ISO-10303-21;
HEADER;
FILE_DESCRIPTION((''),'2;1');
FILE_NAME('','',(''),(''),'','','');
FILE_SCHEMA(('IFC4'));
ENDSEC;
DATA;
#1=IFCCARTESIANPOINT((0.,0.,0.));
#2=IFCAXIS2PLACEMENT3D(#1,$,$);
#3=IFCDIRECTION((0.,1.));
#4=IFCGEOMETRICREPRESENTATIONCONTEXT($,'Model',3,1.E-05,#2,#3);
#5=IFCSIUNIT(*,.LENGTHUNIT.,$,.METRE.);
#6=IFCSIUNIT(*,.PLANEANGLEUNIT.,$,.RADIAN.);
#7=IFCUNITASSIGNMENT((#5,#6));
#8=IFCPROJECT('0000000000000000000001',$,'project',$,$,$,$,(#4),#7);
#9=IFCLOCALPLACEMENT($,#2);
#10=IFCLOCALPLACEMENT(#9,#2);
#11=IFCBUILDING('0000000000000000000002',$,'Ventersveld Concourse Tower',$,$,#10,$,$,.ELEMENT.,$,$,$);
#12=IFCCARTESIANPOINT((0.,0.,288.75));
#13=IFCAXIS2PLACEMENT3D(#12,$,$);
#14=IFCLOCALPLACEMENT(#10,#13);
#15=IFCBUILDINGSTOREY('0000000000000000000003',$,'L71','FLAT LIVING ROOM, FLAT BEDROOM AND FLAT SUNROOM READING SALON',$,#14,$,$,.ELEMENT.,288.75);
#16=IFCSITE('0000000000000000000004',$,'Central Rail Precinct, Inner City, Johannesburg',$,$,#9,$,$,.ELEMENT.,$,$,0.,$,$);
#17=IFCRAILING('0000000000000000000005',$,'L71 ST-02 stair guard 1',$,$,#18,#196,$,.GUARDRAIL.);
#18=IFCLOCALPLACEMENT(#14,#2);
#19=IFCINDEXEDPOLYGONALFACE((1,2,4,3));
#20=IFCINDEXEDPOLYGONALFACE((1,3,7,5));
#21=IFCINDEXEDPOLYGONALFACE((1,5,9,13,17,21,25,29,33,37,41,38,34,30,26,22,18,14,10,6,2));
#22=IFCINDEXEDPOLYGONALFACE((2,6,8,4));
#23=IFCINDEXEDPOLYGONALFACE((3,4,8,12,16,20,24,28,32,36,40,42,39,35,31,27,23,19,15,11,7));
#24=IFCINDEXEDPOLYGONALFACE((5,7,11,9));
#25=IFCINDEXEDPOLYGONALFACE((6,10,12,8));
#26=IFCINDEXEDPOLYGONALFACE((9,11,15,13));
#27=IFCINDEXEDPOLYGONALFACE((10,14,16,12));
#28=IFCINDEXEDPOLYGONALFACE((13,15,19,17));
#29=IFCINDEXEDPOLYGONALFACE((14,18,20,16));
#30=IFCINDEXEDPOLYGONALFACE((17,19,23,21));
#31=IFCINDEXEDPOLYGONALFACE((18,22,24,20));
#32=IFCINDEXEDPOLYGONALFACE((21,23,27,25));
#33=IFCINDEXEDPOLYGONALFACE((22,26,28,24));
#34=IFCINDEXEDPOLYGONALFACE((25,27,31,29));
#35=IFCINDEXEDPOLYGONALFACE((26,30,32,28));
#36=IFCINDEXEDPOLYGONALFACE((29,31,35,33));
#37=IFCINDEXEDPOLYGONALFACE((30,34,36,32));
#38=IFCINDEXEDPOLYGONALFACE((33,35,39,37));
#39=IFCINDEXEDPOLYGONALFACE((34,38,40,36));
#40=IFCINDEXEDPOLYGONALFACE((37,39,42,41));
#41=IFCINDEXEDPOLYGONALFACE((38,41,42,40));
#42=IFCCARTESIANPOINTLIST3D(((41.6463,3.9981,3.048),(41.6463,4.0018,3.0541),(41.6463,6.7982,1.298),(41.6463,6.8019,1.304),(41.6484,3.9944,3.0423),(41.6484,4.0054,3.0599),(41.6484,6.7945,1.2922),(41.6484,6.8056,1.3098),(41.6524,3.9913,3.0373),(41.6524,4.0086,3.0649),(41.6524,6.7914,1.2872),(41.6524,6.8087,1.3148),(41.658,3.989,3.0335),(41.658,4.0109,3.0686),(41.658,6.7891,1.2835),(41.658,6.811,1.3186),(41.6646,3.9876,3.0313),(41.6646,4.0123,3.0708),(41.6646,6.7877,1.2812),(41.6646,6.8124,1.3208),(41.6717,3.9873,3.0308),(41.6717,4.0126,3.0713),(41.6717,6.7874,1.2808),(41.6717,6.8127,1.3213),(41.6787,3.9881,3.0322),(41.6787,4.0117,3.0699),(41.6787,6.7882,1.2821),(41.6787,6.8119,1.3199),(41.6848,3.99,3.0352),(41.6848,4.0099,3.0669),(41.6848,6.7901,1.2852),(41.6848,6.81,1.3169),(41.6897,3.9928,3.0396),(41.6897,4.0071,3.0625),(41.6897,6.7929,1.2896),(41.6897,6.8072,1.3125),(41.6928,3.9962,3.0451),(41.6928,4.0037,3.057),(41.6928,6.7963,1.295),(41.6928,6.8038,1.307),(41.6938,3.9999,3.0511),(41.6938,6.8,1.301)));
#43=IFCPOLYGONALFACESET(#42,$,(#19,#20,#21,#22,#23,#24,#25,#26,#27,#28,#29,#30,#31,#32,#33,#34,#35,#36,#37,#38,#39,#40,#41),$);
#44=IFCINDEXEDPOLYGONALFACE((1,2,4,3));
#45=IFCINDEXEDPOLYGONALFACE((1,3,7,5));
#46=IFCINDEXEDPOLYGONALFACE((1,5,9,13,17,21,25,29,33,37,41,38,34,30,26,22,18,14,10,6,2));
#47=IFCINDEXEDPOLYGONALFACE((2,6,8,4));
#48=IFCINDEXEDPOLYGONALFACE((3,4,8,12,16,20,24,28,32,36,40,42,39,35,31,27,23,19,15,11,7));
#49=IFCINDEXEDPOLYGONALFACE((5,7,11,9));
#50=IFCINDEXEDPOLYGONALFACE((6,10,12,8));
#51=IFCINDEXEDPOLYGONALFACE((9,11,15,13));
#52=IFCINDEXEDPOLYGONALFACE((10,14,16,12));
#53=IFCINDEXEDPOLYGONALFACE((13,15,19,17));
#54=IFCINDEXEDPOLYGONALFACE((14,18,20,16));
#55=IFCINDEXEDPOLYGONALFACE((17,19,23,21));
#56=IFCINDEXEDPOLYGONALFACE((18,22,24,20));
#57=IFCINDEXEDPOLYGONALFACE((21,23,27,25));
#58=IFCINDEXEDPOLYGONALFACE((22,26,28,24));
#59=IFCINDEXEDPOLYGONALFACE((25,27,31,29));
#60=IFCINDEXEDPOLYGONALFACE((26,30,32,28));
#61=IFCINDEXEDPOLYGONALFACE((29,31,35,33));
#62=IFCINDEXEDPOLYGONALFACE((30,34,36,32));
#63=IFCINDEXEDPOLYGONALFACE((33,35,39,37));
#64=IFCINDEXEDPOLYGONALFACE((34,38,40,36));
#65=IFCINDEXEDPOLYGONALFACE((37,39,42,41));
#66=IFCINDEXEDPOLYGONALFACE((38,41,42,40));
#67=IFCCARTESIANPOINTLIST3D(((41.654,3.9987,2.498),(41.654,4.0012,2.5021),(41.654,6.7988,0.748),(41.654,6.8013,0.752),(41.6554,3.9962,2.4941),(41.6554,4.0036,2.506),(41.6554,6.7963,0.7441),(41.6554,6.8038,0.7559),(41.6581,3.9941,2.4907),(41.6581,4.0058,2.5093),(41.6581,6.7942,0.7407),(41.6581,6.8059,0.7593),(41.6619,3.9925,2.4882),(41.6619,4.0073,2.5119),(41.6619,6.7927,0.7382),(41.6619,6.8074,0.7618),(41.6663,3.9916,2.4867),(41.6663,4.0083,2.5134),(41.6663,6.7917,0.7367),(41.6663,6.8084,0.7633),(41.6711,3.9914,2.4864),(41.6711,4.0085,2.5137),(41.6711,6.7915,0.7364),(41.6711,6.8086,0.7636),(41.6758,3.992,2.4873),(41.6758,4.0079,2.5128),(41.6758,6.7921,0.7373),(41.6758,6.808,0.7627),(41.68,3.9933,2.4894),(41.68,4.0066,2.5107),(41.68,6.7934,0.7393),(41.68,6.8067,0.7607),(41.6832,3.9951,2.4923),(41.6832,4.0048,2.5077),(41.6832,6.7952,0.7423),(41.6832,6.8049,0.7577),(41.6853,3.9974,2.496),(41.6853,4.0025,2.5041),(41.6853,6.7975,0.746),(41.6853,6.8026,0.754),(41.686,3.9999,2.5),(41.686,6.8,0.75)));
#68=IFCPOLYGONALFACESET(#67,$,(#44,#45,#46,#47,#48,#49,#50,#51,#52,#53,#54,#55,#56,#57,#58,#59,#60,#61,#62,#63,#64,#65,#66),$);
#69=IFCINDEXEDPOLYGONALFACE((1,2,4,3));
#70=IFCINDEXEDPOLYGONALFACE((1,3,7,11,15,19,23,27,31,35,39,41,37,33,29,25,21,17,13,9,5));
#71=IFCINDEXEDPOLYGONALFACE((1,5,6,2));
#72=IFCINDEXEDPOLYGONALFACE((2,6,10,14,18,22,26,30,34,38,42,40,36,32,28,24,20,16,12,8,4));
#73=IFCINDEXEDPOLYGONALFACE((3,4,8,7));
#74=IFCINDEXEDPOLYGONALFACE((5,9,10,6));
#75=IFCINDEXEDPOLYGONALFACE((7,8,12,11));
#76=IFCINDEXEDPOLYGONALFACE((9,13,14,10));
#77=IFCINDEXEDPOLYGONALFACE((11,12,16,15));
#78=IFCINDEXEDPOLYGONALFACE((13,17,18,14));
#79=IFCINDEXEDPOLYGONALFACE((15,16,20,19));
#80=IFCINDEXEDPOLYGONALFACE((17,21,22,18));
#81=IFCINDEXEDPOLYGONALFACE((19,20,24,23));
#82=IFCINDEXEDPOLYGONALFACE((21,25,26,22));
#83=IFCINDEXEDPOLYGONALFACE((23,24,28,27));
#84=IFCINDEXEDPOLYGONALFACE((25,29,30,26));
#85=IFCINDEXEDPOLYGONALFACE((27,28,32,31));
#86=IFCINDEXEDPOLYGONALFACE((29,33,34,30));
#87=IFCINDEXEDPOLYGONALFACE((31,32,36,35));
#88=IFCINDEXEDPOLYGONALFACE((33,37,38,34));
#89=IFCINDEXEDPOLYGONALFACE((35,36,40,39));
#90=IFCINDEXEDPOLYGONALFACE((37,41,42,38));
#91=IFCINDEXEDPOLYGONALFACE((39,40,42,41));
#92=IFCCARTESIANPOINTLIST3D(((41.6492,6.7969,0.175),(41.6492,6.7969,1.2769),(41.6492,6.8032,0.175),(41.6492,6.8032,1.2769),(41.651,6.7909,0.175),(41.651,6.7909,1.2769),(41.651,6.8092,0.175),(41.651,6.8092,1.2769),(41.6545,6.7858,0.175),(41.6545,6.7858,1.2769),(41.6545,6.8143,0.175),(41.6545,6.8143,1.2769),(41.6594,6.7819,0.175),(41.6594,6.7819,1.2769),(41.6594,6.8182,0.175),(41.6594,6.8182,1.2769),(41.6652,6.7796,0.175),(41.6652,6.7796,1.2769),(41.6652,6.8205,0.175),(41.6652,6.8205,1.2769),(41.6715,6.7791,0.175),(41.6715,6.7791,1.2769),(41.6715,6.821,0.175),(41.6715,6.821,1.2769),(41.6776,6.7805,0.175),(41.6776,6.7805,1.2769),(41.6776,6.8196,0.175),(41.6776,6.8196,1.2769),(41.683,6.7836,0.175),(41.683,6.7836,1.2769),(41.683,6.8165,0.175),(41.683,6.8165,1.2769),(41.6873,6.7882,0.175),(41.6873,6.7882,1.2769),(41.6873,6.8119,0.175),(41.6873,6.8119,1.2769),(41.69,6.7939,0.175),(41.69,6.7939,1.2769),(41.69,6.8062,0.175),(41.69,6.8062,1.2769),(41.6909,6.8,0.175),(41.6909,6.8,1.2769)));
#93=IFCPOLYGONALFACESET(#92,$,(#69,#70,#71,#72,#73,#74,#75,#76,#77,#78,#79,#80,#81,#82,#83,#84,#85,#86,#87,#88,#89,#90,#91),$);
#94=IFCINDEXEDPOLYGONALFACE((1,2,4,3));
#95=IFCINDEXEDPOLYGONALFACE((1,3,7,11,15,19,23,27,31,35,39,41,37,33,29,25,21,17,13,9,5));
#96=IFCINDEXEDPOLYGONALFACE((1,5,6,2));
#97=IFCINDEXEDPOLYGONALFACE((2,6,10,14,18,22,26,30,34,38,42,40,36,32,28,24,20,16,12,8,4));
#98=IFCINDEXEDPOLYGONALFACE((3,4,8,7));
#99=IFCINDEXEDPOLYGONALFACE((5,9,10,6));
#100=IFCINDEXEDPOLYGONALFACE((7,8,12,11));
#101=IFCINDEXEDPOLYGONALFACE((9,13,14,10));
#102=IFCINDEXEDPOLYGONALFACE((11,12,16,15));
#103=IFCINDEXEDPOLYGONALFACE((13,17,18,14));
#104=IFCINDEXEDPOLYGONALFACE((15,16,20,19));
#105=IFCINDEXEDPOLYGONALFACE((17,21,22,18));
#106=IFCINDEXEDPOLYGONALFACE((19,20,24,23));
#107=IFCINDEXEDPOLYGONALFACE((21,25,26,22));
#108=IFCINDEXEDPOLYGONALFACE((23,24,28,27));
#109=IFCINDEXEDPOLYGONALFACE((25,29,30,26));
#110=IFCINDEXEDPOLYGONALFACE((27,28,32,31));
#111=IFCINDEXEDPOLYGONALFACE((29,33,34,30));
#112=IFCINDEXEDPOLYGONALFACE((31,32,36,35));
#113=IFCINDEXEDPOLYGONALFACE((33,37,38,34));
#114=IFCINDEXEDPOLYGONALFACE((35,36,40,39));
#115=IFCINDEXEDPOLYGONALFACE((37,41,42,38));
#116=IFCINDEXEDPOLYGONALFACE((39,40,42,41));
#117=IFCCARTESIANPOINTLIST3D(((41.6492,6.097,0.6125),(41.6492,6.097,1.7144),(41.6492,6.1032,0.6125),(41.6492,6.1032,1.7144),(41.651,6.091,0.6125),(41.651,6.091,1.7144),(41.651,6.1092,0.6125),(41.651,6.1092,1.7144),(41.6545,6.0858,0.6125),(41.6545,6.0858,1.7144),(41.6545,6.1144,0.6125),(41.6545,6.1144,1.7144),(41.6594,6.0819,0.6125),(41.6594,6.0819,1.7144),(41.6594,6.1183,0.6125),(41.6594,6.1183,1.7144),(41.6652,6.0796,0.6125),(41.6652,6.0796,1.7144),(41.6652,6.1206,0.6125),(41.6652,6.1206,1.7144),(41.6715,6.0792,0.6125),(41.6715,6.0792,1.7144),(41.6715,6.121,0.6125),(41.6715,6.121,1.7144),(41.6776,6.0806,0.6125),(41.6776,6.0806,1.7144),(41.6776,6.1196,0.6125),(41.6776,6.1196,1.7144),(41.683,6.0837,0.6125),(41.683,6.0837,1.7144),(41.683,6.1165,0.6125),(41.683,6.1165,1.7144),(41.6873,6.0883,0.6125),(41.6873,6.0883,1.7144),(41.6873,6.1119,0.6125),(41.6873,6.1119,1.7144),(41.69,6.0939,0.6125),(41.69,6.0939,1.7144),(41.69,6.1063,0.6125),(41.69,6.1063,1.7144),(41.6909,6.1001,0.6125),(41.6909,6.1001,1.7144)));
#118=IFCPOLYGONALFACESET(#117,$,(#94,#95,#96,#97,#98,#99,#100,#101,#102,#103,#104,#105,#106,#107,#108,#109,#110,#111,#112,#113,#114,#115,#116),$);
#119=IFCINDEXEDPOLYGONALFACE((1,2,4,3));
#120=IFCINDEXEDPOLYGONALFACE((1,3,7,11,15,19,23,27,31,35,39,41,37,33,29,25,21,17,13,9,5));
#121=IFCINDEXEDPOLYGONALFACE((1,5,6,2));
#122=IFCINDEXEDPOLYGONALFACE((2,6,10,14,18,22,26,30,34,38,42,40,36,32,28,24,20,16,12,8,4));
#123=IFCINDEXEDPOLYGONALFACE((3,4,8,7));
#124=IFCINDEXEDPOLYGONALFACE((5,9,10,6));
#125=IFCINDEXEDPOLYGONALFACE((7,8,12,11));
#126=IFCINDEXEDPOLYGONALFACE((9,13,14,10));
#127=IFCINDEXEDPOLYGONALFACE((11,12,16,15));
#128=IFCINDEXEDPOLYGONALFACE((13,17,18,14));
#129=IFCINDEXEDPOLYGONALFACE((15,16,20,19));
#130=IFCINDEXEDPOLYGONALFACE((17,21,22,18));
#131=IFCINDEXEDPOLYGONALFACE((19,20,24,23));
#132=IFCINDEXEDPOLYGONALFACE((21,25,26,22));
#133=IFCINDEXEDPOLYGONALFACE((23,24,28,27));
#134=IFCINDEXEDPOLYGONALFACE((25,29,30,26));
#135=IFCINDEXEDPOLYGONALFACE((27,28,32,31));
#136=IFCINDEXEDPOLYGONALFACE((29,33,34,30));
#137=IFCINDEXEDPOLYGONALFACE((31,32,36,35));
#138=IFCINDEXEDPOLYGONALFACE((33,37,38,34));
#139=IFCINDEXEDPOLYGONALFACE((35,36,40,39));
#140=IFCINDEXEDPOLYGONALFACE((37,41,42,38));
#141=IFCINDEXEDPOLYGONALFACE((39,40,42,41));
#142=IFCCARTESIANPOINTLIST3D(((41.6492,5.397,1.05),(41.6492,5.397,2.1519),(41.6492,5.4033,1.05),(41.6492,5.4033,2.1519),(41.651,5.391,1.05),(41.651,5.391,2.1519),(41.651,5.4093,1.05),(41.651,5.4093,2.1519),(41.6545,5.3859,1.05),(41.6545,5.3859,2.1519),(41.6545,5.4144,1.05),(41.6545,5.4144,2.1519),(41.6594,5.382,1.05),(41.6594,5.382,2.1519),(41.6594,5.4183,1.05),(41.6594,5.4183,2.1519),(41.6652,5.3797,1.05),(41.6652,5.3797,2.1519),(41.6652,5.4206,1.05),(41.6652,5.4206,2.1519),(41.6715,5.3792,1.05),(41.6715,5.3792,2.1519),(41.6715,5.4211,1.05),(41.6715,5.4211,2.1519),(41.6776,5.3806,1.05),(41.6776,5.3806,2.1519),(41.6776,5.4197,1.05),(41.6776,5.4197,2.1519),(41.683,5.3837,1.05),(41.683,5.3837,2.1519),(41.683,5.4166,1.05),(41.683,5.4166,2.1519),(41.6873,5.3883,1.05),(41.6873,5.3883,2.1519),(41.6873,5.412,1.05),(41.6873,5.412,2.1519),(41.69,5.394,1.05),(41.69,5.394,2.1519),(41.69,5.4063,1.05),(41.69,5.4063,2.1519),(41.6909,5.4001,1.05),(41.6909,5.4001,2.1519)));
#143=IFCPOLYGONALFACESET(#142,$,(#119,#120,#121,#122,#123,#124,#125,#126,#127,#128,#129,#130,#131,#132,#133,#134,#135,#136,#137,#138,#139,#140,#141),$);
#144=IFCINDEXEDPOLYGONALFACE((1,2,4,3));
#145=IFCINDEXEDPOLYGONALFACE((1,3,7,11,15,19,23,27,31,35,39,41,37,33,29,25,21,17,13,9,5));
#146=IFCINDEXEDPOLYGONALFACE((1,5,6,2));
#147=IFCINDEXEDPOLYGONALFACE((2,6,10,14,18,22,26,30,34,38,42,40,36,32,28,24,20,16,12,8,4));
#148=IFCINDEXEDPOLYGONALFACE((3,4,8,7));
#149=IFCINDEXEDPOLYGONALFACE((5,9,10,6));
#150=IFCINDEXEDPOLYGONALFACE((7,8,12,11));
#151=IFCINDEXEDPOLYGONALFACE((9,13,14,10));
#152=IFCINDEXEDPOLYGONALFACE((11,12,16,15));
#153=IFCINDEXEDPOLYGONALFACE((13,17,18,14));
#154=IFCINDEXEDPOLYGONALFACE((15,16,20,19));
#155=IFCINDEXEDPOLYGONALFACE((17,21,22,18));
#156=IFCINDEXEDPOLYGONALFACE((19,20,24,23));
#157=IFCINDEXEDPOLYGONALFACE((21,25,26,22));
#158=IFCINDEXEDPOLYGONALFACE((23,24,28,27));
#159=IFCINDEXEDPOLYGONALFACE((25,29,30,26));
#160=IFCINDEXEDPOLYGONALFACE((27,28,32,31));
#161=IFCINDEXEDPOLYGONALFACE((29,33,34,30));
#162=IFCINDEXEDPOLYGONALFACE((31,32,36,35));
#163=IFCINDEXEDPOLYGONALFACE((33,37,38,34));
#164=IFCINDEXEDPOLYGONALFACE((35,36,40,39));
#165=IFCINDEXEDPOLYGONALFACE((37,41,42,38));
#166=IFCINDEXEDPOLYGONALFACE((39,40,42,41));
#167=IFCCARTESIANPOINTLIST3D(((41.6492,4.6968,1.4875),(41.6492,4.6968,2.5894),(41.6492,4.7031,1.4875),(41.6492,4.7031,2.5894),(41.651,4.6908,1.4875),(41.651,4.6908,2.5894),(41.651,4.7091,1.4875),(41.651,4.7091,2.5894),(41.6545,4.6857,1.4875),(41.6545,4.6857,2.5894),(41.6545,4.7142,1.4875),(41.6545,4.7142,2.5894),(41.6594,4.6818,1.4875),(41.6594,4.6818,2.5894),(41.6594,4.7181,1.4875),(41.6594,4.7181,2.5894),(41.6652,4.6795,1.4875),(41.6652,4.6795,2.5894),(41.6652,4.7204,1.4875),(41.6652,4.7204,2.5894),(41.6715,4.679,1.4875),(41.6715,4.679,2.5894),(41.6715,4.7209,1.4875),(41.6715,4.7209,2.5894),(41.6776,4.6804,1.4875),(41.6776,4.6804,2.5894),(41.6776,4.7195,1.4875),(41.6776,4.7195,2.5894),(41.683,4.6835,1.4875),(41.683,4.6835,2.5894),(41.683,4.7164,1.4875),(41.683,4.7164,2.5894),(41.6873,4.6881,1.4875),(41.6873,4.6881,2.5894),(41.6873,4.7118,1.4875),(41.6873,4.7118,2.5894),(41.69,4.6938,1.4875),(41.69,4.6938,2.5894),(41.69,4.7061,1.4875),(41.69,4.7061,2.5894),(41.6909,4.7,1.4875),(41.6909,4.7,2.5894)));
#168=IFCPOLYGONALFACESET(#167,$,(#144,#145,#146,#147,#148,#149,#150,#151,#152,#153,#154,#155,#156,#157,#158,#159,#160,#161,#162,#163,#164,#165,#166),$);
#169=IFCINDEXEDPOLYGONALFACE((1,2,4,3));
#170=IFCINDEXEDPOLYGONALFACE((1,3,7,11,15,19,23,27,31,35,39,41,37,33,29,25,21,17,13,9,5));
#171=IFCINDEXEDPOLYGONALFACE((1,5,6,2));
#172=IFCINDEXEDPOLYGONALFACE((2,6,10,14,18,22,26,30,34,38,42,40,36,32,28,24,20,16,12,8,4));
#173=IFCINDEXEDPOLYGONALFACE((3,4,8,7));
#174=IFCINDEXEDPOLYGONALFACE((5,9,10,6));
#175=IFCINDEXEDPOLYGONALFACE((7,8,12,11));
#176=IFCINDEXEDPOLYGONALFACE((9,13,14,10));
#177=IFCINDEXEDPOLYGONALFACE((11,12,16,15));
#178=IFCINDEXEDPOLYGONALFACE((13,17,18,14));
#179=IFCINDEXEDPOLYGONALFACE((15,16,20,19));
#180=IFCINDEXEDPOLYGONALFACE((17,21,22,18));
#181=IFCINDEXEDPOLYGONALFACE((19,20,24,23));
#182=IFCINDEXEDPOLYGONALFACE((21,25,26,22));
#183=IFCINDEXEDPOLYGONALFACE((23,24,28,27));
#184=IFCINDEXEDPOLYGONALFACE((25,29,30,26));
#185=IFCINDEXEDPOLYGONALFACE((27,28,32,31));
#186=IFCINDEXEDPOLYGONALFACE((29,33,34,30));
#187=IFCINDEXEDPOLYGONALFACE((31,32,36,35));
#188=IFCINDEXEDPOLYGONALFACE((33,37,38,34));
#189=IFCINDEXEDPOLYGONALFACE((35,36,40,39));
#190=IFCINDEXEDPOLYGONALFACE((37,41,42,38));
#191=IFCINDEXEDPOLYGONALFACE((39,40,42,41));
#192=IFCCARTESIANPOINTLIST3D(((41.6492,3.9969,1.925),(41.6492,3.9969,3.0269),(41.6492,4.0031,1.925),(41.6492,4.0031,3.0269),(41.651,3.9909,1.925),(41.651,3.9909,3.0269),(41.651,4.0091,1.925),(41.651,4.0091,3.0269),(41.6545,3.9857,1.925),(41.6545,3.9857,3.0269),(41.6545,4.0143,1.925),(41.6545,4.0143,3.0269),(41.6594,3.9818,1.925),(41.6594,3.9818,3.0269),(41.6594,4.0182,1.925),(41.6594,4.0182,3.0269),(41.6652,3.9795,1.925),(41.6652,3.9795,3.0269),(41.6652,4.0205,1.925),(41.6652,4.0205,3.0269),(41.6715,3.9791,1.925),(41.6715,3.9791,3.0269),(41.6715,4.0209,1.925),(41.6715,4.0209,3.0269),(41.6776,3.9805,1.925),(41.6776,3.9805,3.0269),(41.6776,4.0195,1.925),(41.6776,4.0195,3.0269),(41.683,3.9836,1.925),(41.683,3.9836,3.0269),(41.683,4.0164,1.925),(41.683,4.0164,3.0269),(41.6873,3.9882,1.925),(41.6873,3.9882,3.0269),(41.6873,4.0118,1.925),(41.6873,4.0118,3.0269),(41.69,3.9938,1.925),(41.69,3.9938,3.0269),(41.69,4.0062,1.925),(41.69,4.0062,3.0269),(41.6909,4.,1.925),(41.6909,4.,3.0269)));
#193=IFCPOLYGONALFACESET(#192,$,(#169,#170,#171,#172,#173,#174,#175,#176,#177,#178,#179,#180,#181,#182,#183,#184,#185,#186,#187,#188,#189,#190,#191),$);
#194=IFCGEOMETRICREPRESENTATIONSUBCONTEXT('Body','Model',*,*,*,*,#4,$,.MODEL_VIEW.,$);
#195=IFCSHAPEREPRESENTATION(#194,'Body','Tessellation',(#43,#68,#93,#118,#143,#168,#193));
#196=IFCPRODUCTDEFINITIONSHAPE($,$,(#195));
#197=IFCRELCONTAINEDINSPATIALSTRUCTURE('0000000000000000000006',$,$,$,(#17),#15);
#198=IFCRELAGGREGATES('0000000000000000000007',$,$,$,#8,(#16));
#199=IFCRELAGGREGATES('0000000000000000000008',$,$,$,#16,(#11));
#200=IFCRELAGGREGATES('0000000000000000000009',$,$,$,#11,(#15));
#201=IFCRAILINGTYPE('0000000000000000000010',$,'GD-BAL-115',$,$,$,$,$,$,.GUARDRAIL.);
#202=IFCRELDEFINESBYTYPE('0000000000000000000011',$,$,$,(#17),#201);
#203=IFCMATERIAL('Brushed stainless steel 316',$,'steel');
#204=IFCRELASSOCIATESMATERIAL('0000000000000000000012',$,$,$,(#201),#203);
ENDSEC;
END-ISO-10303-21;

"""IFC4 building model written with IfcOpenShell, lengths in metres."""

from ifc_helpers import new_model, si_unit, direction, frame, origin, origin_2d, place, context, subcontext, project, spatial, circle, extrude, material, type_object, element, save


model = new_model("IFC4")

# Units and contexts
model_context = context("Model", 3, precision=1e-05, world=origin(), true_north=direction((0.0, 1.0)))
body_context = subcontext(model_context, "Body", "Model", "MODEL_VIEW")
ifc_project = project(units=[si_unit("LENGTHUNIT", "METRE"), si_unit("PLANEANGLEUNIT", "RADIAN")], contexts=[model_context])

# Site, building, storey
site_placement = place(None, origin())
site = spatial("IfcSite", under=ifc_project, at=site_placement, Name="Central Rail Precinct, Inner City, Johannesburg", CompositionType="ELEMENT", RefElevation=0.0)
building_placement = place(site_placement, origin())
building = spatial("IfcBuilding", under=site, at=building_placement, Name="Ventersveld Concourse Tower", CompositionType="ELEMENT")
storey_placement = place(building_placement, frame((0.0, 0.0, 288.75)))
storey = spatial("IfcBuildingStorey", under=building, at=storey_placement, Name="L71", Description="FLAT LIVING ROOM, FLAT BEDROOM AND FLAT SUNROOM READING SALON", CompositionType="ELEMENT", Elevation=288.75)

# Railing
ifc_material_1 = material(Name="Brushed stainless steel 316", Category="steel")
railing_type_1 = type_object("IfcRailingType", Name="GD-BAL-115", PredefinedType="GUARDRAIL", material=ifc_material_1)
railing_1_placement = place(storey_placement, frame((41.6699, 6.8, 0.175)))
element("IfcRailing", 1, at=railing_1_placement, inside=storey, type_object=railing_type_1, Name="L71 ST-02 stair guard 1", PredefinedType="GUARDRAIL", context=body_context, shape_type="SweptSolid", body=[
    extrude(circle(Radius=0.0239, at=origin_2d()), frame((0.0, 0.0, 1.126), z_axis=(0.0, -0.848002, 0.529992), x_axis=(1.0, 0.0, 0.0)), (0.0, 0.0, 1.0), 3.302),
    extrude(circle(Radius=0.0161, at=origin_2d()), frame((0.0, 0.0, 0.575), z_axis=(0.0, -0.848002, 0.529992), x_axis=(1.0, 0.0, 0.0)), (0.0, 0.0, 1.0), 3.302),
    extrude(circle(Radius=0.021, at=origin_2d()), origin(), (0.0, 0.0, 1.0), 1.1018),
    extrude(circle(Radius=0.021, at=origin_2d()), frame((0.0, -0.7, 0.4375)), (0.0, 0.0, 1.0), 1.1018),
    extrude(circle(Radius=0.021, at=origin_2d()), frame((0.0, -1.3999, 0.875)), (0.0, 0.0, 1.0), 1.1018),
    extrude(circle(Radius=0.021, at=origin_2d()), frame((0.0, -2.1001, 1.3125)), (0.0, 0.0, 1.0), 1.1018),
    extrude(circle(Radius=0.021, at=origin_2d()), frame((0.0, -2.8, 1.75)), (0.0, 0.0, 1.0), 1.1018),
])

save(model, "model.ifc")
